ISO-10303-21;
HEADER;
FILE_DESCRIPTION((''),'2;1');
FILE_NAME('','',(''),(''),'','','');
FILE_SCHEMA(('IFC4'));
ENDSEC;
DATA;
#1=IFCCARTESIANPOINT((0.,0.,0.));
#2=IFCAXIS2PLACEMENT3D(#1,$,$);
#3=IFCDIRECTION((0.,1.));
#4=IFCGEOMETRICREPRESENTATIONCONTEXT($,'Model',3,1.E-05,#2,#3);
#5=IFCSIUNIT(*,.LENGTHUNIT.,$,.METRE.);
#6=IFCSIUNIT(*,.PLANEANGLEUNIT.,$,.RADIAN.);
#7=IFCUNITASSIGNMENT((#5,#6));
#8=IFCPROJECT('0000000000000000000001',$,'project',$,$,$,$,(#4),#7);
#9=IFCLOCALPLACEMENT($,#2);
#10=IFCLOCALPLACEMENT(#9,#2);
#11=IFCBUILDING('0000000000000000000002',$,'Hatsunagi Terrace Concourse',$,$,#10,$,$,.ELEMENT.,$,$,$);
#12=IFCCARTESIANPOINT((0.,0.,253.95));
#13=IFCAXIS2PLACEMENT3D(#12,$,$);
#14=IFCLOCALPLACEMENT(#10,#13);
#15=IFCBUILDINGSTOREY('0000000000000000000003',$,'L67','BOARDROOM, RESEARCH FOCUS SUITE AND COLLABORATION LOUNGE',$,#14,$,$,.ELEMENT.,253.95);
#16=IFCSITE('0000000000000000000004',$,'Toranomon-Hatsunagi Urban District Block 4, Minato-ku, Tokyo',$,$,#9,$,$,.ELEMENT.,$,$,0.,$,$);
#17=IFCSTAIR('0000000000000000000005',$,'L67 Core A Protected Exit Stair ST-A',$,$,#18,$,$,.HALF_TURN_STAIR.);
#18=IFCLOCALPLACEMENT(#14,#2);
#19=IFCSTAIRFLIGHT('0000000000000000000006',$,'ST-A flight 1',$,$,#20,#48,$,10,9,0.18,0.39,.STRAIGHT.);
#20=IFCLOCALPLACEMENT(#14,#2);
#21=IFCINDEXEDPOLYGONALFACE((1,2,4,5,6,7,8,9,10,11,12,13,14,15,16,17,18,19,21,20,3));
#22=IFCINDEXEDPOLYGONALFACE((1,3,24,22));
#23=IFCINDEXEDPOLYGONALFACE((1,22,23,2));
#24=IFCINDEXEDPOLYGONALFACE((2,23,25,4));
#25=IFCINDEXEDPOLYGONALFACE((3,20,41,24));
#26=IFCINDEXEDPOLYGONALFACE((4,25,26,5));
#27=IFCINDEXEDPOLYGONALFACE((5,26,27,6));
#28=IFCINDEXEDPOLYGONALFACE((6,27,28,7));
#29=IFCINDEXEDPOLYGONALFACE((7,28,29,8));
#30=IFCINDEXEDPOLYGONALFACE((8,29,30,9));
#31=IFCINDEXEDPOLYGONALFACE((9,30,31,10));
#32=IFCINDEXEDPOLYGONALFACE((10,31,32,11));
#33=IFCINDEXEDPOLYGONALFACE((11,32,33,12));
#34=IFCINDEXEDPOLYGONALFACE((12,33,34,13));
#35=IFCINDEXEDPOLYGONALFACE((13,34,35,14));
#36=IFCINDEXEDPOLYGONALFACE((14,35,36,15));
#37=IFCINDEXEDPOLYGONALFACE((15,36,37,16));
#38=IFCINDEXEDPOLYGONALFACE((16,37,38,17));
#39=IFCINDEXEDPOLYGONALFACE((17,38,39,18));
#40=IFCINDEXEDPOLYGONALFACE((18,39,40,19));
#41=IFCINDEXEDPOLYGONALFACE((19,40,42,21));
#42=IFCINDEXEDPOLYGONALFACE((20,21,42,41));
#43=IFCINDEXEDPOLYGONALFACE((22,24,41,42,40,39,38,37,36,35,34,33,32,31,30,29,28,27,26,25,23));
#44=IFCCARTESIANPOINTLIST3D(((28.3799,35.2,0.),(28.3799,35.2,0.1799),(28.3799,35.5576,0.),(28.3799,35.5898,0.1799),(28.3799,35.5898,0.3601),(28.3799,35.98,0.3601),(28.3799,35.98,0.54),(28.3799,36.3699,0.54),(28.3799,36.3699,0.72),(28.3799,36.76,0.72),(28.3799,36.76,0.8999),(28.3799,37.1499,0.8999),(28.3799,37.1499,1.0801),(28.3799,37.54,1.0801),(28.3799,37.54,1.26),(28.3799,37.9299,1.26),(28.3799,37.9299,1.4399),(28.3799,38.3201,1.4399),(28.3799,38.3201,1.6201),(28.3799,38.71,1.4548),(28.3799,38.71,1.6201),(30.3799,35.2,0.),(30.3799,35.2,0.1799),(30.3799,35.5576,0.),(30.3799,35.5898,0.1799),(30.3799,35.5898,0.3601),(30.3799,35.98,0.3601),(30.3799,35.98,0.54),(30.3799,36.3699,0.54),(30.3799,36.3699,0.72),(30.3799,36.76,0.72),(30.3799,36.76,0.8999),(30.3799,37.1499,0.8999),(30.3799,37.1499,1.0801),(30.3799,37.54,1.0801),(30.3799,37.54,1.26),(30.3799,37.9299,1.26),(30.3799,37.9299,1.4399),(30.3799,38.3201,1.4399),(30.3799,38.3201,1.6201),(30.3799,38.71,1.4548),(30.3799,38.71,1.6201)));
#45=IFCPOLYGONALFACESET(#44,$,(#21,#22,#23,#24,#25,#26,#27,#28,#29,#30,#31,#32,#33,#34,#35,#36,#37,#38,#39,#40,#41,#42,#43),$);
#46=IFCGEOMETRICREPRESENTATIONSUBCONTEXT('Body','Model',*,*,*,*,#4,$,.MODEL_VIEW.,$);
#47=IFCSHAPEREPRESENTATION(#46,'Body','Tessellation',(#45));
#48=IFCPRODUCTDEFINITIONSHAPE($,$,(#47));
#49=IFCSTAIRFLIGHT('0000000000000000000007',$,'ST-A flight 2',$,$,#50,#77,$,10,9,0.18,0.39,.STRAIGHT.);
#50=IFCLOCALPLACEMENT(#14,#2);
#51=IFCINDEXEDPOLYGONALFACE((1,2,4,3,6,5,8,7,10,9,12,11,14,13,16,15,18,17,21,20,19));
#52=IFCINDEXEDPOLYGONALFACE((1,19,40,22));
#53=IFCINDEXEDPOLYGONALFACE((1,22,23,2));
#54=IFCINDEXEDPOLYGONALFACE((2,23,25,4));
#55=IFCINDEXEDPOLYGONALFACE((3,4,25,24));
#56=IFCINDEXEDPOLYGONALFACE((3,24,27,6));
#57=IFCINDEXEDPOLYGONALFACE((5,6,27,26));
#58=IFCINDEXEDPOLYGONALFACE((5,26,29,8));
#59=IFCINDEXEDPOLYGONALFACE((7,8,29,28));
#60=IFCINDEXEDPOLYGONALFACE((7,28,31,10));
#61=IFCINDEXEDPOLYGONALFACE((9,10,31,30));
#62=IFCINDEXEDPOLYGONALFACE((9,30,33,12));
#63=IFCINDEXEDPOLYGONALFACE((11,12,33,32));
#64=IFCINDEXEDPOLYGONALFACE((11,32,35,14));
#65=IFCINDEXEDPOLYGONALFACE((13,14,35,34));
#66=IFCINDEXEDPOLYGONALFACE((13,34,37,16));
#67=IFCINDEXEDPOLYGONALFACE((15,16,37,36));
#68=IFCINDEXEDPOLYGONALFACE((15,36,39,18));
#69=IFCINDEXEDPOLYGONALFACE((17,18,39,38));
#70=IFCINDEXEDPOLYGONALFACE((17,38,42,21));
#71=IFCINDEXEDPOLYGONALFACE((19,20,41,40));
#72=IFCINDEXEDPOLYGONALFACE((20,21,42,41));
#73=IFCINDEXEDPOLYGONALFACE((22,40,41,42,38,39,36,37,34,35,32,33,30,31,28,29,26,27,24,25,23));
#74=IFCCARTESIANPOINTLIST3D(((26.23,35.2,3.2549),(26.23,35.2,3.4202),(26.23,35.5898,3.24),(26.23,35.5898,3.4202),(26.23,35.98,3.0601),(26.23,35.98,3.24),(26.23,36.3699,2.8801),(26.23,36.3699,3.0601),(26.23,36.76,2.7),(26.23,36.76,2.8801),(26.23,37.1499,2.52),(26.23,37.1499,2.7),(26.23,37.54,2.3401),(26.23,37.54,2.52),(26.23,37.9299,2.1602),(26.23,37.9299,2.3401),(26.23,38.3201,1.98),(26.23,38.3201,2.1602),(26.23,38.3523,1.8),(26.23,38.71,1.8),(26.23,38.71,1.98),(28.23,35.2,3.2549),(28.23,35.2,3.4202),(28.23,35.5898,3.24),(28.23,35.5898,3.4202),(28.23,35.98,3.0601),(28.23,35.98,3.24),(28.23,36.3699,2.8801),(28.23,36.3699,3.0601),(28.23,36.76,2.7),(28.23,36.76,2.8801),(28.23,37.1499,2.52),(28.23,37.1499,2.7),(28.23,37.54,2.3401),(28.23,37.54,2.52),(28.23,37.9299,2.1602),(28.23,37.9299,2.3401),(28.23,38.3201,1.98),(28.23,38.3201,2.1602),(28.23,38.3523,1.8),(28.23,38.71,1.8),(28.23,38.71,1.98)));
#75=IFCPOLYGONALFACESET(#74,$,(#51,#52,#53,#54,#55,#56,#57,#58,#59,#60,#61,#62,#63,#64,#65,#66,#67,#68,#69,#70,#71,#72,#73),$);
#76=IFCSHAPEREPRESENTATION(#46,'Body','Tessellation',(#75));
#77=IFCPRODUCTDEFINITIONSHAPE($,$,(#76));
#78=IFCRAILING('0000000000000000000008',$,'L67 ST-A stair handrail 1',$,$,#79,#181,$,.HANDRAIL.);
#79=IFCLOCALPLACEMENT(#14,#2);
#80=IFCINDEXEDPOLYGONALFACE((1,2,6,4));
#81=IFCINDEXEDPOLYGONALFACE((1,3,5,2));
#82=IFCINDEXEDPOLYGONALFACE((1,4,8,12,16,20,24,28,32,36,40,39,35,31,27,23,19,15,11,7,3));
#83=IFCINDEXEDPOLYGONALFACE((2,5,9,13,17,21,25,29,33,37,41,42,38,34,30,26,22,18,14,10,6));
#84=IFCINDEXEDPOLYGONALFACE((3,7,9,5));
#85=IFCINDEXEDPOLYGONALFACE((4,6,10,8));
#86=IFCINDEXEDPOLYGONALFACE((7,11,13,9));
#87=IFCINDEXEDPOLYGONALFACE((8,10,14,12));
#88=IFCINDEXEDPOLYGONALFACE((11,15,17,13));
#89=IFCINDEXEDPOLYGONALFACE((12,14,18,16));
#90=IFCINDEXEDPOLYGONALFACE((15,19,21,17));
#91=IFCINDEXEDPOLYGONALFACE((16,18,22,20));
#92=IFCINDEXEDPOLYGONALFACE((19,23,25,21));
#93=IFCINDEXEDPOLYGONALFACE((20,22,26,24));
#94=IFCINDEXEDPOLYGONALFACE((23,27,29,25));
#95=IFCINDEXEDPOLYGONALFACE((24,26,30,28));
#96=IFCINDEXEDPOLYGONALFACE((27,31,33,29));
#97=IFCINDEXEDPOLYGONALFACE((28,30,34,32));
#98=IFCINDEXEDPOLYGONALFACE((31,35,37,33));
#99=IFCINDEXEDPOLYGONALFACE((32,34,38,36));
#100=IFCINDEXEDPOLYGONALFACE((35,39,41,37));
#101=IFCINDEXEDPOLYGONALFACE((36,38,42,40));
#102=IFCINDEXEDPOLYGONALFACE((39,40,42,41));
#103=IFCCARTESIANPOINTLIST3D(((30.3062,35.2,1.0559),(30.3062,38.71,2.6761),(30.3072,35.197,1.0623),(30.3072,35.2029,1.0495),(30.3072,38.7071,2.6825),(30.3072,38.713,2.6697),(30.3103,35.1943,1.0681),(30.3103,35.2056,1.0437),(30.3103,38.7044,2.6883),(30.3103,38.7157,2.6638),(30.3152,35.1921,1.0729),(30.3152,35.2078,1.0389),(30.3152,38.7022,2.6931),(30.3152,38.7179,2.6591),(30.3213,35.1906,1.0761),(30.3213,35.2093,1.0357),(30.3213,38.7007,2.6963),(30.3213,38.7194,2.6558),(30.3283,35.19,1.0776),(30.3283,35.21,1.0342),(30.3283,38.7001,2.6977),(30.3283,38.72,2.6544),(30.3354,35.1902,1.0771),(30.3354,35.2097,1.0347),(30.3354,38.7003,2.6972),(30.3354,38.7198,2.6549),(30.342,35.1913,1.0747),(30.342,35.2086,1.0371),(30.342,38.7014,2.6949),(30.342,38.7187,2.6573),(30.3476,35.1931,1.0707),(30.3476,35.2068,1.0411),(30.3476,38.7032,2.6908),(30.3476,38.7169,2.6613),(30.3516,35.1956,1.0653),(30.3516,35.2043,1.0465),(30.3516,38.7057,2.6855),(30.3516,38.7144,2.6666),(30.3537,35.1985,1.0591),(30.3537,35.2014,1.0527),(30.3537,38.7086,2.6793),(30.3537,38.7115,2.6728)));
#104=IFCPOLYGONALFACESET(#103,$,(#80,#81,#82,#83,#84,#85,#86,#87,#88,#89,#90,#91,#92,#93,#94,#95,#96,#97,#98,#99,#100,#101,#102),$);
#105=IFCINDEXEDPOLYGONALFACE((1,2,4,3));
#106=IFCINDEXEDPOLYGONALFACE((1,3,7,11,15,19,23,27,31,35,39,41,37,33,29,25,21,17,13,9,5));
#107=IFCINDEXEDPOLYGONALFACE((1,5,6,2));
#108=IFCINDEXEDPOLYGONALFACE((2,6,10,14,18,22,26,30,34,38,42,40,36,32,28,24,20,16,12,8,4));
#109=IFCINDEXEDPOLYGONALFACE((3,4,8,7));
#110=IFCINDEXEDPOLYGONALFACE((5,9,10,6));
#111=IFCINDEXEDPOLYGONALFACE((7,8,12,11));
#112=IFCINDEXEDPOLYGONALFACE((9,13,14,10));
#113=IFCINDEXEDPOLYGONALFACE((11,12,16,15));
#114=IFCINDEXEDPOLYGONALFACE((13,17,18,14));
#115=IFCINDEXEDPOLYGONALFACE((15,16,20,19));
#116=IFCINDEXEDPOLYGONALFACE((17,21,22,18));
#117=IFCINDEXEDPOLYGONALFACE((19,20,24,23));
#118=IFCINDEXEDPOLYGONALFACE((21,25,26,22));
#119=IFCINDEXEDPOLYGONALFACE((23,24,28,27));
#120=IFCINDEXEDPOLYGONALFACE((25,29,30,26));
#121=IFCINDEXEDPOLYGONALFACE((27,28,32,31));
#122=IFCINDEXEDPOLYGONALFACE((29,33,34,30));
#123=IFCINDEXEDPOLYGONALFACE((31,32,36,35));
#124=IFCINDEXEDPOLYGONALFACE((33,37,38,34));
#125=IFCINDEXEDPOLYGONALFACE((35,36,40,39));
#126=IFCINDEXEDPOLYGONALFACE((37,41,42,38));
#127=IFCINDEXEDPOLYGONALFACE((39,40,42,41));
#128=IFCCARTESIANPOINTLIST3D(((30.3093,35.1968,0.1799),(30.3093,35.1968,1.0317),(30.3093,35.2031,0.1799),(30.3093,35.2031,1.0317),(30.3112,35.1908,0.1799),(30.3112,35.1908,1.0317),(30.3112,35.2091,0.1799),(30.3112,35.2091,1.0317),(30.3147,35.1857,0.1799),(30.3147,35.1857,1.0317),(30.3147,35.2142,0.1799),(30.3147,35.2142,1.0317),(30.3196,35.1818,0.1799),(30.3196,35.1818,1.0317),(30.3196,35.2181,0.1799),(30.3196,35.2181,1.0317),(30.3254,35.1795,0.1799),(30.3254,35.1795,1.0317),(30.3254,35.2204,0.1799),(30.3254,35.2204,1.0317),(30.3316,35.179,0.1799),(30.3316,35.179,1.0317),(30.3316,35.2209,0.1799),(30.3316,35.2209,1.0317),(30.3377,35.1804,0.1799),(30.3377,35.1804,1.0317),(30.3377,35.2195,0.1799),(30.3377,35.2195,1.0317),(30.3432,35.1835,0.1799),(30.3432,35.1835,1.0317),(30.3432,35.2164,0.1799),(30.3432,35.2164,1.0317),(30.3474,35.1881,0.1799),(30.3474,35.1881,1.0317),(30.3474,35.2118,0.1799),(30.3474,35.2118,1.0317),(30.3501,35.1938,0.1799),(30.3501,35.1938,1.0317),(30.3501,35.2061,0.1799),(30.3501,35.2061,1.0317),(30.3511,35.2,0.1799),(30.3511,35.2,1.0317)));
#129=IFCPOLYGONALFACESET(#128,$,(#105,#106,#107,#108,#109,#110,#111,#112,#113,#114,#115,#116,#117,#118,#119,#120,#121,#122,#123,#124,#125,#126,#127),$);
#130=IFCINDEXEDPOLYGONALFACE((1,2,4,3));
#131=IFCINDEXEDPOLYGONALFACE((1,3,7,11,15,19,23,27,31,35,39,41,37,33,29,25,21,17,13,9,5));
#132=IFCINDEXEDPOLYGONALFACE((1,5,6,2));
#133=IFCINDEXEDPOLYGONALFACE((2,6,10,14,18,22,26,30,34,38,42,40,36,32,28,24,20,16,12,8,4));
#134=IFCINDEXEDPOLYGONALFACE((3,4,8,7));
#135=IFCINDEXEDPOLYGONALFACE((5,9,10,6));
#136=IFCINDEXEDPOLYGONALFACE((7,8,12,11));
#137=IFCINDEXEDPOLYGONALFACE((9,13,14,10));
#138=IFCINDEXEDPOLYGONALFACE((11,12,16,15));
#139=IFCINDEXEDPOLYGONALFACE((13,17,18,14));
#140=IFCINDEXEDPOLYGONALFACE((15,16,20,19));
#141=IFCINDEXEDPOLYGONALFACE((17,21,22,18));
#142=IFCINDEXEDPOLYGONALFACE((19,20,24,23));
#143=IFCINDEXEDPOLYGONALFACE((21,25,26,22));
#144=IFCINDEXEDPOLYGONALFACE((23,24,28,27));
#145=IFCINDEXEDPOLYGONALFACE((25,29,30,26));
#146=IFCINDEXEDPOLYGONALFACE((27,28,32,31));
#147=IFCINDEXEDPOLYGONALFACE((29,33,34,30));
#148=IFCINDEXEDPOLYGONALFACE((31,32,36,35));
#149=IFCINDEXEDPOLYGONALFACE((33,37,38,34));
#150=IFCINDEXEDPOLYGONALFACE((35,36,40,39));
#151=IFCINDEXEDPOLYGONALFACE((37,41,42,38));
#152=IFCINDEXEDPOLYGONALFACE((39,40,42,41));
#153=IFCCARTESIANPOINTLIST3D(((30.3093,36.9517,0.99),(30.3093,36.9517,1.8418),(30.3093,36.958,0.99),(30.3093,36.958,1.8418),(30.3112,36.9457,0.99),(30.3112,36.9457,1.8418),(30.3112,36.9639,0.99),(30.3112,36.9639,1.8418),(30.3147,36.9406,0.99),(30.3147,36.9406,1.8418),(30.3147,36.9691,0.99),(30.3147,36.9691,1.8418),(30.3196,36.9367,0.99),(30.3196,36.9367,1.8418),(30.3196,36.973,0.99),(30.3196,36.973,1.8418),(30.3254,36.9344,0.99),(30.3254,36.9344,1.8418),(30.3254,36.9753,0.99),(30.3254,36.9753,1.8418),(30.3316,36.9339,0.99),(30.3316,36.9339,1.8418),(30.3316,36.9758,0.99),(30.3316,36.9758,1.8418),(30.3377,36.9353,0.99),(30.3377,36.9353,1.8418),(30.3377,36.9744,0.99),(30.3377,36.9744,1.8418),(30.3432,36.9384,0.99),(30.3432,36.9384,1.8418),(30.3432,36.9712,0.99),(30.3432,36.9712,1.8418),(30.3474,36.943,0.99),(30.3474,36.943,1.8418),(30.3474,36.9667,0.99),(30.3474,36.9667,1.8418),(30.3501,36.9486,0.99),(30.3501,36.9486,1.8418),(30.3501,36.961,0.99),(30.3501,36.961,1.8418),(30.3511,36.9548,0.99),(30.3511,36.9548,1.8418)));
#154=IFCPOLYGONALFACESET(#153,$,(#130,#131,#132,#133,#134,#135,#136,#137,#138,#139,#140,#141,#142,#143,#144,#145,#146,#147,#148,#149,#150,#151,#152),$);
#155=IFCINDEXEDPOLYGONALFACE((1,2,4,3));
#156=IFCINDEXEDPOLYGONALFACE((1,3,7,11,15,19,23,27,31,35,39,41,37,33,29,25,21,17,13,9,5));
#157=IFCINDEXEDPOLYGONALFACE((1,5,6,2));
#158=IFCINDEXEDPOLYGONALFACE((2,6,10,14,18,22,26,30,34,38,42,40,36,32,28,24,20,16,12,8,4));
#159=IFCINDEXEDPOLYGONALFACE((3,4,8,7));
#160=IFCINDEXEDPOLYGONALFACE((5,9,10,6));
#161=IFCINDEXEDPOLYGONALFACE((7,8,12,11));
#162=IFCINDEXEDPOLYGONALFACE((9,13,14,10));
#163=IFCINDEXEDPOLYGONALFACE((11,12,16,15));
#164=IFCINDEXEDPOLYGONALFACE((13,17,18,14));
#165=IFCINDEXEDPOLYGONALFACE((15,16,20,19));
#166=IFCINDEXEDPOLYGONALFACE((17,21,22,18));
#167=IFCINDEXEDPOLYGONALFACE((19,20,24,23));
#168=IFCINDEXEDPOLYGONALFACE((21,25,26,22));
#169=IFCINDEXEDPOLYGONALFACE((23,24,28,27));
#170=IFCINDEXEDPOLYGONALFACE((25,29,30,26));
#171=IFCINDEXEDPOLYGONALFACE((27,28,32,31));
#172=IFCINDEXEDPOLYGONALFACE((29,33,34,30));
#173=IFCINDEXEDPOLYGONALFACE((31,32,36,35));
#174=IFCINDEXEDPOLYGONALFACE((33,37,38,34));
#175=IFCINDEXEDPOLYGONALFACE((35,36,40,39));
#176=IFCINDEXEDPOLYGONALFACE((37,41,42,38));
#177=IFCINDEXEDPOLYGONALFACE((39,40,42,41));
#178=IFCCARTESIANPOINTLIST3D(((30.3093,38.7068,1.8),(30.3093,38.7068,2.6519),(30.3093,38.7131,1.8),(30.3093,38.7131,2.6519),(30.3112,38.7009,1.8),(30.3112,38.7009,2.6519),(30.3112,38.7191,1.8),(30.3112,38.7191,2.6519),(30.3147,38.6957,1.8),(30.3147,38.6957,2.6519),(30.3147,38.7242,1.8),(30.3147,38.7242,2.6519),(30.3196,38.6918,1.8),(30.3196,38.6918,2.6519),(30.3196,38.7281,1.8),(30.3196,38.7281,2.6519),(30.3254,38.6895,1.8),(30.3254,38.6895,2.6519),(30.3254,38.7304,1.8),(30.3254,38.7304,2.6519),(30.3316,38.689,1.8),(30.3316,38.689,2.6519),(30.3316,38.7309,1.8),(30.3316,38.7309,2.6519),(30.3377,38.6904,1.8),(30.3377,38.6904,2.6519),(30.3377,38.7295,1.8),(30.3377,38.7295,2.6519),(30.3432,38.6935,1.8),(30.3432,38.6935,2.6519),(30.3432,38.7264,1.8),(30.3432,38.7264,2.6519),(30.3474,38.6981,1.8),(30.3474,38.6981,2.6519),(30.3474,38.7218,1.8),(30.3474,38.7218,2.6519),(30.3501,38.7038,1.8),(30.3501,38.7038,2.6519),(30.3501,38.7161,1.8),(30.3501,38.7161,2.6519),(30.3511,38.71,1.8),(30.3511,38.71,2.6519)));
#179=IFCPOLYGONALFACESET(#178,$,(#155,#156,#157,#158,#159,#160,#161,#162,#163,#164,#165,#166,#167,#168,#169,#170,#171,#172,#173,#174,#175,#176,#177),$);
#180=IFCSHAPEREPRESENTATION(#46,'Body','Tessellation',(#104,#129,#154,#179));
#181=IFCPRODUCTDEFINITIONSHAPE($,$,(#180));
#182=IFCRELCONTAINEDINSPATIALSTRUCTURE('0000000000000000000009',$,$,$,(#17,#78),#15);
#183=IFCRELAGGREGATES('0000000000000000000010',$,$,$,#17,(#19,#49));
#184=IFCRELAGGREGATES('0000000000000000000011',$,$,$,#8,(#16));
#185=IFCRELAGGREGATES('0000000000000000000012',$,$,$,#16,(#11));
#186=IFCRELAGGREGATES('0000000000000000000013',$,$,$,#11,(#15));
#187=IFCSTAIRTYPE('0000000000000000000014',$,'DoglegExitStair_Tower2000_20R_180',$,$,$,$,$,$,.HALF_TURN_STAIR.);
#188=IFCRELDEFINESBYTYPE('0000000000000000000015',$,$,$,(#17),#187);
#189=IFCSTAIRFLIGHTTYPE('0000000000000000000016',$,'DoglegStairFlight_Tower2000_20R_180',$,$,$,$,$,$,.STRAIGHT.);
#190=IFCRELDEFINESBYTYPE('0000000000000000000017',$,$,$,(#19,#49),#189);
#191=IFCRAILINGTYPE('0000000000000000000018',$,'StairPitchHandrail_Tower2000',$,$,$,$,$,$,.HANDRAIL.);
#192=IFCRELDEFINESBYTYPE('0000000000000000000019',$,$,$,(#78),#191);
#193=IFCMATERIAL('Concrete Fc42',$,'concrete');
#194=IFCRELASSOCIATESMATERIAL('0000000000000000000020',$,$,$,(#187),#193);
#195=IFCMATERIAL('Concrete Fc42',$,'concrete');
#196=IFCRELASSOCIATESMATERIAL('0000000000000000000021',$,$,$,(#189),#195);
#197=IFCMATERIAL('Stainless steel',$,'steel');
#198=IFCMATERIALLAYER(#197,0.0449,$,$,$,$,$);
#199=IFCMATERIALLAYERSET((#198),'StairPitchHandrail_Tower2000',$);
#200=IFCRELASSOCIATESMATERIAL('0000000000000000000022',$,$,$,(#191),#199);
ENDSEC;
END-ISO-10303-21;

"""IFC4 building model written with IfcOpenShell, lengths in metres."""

from ifc_helpers import new_model, si_unit, direction, frame, origin, origin_2d, place, context, subcontext, project, spatial, polyline, circle, outline, extrude, material, layer, layer_set, type_object, element, aggregate, save


model = new_model("IFC4")

# Units and contexts
model_context = context("Model", 3, precision=1e-05, world=origin(), true_north=direction((0.0, 1.0)))
body_context = subcontext(model_context, "Body", "Model", "MODEL_VIEW")
ifc_project = project(units=[si_unit("LENGTHUNIT", "METRE"), si_unit("PLANEANGLEUNIT", "RADIAN")], contexts=[model_context])

# Site, building, storey
site_placement = place(None, origin())
site = spatial("IfcSite", under=ifc_project, at=site_placement, Name="Toranomon-Hatsunagi Urban District Block 4, Minato-ku, Tokyo", CompositionType="ELEMENT", RefElevation=0.0)
building_placement = place(site_placement, origin())
building = spatial("IfcBuilding", under=site, at=building_placement, Name="Hatsunagi Terrace Concourse", CompositionType="ELEMENT")
storey_placement = place(building_placement, frame((0.0, 0.0, 253.95)))
storey = spatial("IfcBuildingStorey", under=building, at=storey_placement, Name="L67", Description="BOARDROOM, RESEARCH FOCUS SUITE AND COLLABORATION LOUNGE", CompositionType="ELEMENT", Elevation=253.95)

# Stair, stair flights
ifc_material_1 = material(Name="Concrete Fc42", Category="concrete")
stair_type = type_object("IfcStairType", Name="DoglegExitStair_Tower2000_20R_180", PredefinedType="HALF_TURN_STAIR", material=ifc_material_1)
stair_placement = place(storey_placement, origin())
stair = element("IfcStair", 1, at=stair_placement, inside=storey, type_object=stair_type, Name="L67 Core A Protected Exit Stair ST-A", PredefinedType="HALF_TURN_STAIR")
ifc_material_2 = material(Name="Concrete Fc42", Category="concrete")
stair_flight_type = type_object("IfcStairFlightType", Name="DoglegStairFlight_Tower2000_20R_180", PredefinedType="STRAIGHT", material=ifc_material_2)
stair_flight_1_placement = place(storey_placement, frame((29.3799, 35.2, 0.0), z_axis=(0.0, 0.0, 1.0), x_axis=(0.0, 1.0, 0.0)))
stair_flight_1 = element("IfcStairFlight", 2, at=stair_flight_1_placement, type_object=stair_flight_type, Name="ST-A flight 1", NumberOfRisers=10, NumberOfTreads=9, PredefinedType="STRAIGHT", RiserHeight=0.18, TreadLength=0.39, context=body_context, shape_type="SweptSolid", body=[
    extrude(outline(polyline([(0.0, 0.0), (0.0, 0.1799), (0.3899, 0.1799), (0.3899, 0.3601), (0.78, 0.3601), (0.78, 0.54), (1.1699, 0.54), (1.1699, 0.72), (1.5601, 0.72), (1.5601, 0.8999), (1.95, 0.8999), (1.95, 1.0801), (2.3401, 1.0801), (2.3401, 1.26), (2.73, 1.26), (2.73, 1.4399), (3.1201, 1.4399), (3.1201, 1.6201), (3.51, 1.6201), (3.51, 1.8), (3.51, 1.4548), (0.3577, 0.0), (0.0, 0.0)])), frame((0.0, 1.0, 0.0), z_axis=(0.0, -1.0, 0.0), x_axis=(1.0, 0.0, 0.0)), (0.0, 0.0, 1.0), 2.0),
])
stair_flight_2_placement = place(storey_placement, frame((27.23, 38.71, 1.8), z_axis=(0.0, 0.0, 1.0), x_axis=(0.0, -1.0, 0.0)))
stair_flight_2 = element("IfcStairFlight", 3, at=stair_flight_2_placement, type_object=stair_flight_type, Name="ST-A flight 2", NumberOfRisers=10, NumberOfTreads=9, PredefinedType="STRAIGHT", RiserHeight=0.18, TreadLength=0.39, context=body_context, shape_type="SweptSolid", body=[
    extrude(outline(polyline([(0.0, 0.0), (0.0, 0.1799), (0.3899, 0.1799), (0.3899, 0.3601), (0.78, 0.3601), (0.78, 0.54), (1.1699, 0.54), (1.1699, 0.72), (1.5601, 0.72), (1.5601, 0.8999), (1.95, 0.8999), (1.95, 1.0801), (2.3401, 1.0801), (2.3401, 1.26), (2.73, 1.26), (2.73, 1.4399), (3.1201, 1.4399), (3.1201, 1.6201), (3.51, 1.6201), (3.51, 1.8), (3.51, 1.4548), (0.3577, 0.0), (0.0, 0.0)])), frame((0.0, 1.0, 0.0), z_axis=(0.0, -1.0, 0.0), x_axis=(1.0, 0.0, 0.0)), (0.0, 0.0, 1.0), 2.0),
])
aggregate(stair, [stair_flight_1, stair_flight_2])

# Railing
ifc_material_3 = material(Name="Stainless steel", Category="steel")
ifc_layer_1 = layer(ifc_material_3, 0.0449)
ifc_layer_set_1 = layer_set([ifc_layer_1], Name="StairPitchHandrail_Tower2000")
railing_type_1 = type_object("IfcRailingType", Name="StairPitchHandrail_Tower2000", PredefinedType="HANDRAIL", material=ifc_layer_set_1)
railing_1_placement = place(storey_placement, frame((30.3301, 35.2, 0.1799)))
element("IfcRailing", 4, at=railing_1_placement, inside=storey, type_object=railing_type_1, Name="L67 ST-A stair handrail 1", PredefinedType="HANDRAIL", context=body_context, shape_type="SweptSolid", body=[
    extrude(circle(Radius=0.0239, at=origin_2d()), frame((0.0, 0.0, 0.876), z_axis=(0.0, 0.907948, 0.419082), x_axis=(-1.0, 0.0, 0.0)), (0.0, 0.0, 1.0), 3.866),
    extrude(circle(Radius=0.021, at=origin_2d()), origin(), (0.0, 0.0, 1.0), 0.8518),
    extrude(circle(Radius=0.021, at=origin_2d()), frame((0.0, 1.7549, 0.8101)), (0.0, 0.0, 1.0), 0.8518),
    extrude(circle(Radius=0.021, at=origin_2d()), frame((0.0, 3.51, 1.6201)), (0.0, 0.0, 1.0), 0.8518),
])

save(model, "model.ifc")
